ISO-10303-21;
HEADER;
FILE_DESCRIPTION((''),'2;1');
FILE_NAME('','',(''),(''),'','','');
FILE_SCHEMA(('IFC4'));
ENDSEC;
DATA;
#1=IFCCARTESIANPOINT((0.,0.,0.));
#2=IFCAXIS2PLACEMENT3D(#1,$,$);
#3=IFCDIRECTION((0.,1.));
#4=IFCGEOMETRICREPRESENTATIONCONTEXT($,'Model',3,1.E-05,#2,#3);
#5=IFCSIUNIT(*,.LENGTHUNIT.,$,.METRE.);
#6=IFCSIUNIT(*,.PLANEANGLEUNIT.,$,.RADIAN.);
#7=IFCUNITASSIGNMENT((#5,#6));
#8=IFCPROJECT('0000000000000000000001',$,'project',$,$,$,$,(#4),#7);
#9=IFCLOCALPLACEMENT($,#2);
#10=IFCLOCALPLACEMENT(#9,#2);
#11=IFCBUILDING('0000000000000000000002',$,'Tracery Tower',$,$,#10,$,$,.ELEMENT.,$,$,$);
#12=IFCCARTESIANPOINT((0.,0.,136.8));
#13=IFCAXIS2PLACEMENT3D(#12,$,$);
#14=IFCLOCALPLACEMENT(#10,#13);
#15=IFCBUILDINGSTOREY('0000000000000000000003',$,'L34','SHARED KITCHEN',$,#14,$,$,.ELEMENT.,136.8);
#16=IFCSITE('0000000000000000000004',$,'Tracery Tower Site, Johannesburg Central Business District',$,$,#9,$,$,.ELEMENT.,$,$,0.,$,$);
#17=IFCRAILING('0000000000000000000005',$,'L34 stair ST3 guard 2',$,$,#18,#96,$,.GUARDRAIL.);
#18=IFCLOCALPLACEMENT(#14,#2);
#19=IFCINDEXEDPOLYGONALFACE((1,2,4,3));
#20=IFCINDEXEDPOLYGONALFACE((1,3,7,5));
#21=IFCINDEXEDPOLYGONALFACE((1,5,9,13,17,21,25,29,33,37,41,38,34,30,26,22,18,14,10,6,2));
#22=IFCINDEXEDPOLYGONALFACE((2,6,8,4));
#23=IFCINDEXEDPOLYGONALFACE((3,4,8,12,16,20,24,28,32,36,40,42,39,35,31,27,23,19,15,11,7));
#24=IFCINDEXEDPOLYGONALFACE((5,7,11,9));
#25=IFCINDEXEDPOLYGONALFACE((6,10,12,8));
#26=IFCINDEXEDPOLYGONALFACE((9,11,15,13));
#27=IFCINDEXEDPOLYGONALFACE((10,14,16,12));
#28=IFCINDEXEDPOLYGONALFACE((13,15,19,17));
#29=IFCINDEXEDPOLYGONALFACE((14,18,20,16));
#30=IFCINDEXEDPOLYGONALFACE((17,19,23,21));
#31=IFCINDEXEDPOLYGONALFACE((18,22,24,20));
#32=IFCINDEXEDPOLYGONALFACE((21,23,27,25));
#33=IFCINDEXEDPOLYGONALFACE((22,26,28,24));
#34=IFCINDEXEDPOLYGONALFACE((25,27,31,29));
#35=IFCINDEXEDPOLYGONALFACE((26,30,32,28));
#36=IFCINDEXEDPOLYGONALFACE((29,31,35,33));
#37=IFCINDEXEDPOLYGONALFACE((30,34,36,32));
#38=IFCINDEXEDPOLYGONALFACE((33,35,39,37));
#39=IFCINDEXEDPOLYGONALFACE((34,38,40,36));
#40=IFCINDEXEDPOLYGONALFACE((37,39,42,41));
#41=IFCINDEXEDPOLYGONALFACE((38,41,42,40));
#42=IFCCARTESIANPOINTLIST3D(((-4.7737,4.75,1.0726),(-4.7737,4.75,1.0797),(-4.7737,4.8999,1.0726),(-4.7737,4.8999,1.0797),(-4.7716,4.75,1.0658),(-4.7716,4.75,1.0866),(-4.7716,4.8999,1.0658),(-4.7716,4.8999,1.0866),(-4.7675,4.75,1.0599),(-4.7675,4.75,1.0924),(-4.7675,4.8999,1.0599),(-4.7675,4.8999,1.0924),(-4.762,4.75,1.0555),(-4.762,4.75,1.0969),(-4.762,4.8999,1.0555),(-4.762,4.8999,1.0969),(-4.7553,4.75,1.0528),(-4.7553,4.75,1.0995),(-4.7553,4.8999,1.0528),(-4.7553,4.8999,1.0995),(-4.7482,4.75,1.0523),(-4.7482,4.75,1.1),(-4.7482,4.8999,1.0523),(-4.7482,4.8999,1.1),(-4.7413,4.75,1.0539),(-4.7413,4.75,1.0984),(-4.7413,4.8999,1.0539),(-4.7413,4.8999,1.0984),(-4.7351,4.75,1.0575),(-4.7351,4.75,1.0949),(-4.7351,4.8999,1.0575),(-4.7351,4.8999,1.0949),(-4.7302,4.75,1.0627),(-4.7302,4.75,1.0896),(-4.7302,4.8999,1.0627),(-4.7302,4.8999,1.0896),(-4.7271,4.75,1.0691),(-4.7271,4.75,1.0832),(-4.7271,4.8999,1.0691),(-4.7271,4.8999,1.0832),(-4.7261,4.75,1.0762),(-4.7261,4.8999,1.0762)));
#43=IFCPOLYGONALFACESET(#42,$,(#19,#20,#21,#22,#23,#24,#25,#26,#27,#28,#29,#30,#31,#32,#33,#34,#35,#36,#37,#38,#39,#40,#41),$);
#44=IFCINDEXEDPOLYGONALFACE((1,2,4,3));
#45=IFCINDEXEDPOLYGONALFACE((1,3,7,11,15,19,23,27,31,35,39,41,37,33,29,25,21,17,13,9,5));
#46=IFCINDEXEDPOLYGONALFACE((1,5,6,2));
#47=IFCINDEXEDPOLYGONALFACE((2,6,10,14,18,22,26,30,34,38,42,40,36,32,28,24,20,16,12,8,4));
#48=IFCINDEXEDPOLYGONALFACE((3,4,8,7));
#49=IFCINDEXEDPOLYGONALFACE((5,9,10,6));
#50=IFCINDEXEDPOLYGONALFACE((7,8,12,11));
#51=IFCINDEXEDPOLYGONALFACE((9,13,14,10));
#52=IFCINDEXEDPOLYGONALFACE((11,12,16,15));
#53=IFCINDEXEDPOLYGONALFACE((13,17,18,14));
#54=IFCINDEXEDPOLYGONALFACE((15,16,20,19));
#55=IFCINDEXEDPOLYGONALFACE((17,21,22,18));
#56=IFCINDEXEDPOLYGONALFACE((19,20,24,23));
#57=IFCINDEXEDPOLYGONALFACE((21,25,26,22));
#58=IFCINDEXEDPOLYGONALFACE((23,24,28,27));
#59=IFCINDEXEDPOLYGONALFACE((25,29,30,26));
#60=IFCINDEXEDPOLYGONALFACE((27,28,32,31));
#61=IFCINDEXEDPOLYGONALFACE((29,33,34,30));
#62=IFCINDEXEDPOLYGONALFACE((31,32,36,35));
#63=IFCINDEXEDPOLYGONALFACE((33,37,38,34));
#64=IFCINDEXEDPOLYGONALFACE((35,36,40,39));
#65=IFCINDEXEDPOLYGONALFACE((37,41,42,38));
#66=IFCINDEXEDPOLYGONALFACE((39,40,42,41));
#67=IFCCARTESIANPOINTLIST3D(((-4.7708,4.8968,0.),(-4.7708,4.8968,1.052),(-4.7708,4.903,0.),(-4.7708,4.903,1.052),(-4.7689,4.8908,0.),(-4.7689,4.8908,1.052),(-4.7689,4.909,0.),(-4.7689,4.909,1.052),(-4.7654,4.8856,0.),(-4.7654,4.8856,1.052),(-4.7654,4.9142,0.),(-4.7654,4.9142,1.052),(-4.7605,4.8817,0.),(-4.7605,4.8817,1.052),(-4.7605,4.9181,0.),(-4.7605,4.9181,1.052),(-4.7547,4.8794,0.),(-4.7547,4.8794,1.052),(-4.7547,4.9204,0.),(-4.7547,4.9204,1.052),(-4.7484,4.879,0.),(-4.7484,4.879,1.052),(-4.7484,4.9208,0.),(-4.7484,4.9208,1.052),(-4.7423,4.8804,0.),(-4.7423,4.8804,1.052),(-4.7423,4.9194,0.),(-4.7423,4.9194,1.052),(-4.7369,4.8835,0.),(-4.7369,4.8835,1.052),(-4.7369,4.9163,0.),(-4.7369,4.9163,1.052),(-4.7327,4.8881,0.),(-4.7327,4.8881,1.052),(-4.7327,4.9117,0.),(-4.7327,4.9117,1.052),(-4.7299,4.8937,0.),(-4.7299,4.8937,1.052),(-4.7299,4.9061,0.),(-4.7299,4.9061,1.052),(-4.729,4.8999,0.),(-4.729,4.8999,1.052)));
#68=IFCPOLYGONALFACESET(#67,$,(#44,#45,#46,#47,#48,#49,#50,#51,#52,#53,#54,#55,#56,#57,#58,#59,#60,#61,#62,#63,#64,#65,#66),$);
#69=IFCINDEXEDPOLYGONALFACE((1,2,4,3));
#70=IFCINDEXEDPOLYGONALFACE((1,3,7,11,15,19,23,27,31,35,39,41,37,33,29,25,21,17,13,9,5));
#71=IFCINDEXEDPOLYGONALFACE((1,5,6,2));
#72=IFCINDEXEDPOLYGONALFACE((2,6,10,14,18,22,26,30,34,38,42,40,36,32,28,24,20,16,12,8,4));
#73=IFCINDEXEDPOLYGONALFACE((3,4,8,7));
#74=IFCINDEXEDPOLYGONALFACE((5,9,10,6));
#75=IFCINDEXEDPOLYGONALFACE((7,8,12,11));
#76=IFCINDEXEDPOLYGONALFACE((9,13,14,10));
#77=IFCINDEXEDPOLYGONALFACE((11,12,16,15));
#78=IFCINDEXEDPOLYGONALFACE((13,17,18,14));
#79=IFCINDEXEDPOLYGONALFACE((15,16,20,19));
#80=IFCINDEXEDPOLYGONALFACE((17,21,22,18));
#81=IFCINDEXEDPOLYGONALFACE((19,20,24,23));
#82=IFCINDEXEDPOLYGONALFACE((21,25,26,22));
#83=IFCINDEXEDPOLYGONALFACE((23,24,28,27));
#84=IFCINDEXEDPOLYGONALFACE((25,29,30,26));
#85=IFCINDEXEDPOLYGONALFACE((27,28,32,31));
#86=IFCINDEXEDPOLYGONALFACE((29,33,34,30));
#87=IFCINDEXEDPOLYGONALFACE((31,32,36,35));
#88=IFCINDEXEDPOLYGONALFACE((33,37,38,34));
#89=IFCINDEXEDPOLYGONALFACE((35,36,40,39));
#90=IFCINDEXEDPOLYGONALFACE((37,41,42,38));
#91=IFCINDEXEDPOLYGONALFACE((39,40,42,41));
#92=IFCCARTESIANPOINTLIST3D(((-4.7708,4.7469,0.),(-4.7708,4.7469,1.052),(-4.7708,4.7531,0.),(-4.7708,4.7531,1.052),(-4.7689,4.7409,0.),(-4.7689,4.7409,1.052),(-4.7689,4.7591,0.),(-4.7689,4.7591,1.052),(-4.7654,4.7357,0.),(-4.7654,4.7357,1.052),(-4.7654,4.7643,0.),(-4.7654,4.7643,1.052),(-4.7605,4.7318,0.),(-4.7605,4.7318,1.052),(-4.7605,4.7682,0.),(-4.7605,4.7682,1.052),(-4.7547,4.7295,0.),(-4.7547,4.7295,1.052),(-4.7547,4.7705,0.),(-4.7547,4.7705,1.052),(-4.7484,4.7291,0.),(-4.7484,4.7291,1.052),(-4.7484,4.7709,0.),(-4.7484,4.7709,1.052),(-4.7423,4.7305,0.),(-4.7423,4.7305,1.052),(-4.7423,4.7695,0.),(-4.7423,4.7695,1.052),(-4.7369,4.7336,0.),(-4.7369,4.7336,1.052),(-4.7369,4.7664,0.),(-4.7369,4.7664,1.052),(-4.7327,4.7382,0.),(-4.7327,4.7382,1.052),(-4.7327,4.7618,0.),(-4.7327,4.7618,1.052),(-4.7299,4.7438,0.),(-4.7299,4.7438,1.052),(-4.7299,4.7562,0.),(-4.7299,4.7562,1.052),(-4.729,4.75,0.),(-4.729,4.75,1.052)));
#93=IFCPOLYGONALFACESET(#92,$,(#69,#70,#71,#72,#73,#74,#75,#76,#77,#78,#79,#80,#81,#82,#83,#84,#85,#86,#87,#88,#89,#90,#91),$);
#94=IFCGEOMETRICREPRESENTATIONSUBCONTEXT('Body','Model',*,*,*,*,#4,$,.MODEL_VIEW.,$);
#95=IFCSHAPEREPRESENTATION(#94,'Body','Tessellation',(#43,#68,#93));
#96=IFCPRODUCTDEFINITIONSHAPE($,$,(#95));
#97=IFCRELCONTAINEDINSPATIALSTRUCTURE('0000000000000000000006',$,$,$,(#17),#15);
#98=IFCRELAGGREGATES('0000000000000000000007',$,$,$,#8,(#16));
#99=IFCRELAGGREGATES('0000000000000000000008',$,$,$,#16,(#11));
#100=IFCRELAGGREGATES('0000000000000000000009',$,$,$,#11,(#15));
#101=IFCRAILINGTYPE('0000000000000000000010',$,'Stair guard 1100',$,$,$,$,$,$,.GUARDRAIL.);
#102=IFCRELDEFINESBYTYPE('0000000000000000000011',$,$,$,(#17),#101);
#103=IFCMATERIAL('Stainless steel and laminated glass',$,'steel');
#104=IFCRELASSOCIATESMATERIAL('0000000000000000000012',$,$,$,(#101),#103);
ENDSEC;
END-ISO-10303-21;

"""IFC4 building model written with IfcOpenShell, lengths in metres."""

from ifc_helpers import new_model, si_unit, direction, frame, origin, origin_2d, place, context, subcontext, project, spatial, circle, extrude, material, type_object, element, save


model = new_model("IFC4")

# Units and contexts
model_context = context("Model", 3, precision=1e-05, world=origin(), true_north=direction((0.0, 1.0)))
body_context = subcontext(model_context, "Body", "Model", "MODEL_VIEW")
ifc_project = project(units=[si_unit("LENGTHUNIT", "METRE"), si_unit("PLANEANGLEUNIT", "RADIAN")], contexts=[model_context])

# Site, building, storey
site_placement = place(None, origin())
site = spatial("IfcSite", under=ifc_project, at=site_placement, Name="Tracery Tower Site, Johannesburg Central Business District", CompositionType="ELEMENT", RefElevation=0.0)
building_placement = place(site_placement, origin())
building = spatial("IfcBuilding", under=site, at=building_placement, Name="Tracery Tower", CompositionType="ELEMENT")
storey_placement = place(building_placement, frame((0.0, 0.0, 136.8)))
storey = spatial("IfcBuildingStorey", under=building, at=storey_placement, Name="L34", Description="SHARED KITCHEN", CompositionType="ELEMENT", Elevation=136.8)

# Railing
ifc_material_1 = material(Name="Stainless steel and laminated glass", Category="steel")
railing_type_1 = type_object("IfcRailingType", Name="Stair guard 1100", PredefinedType="GUARDRAIL", material=ifc_material_1)
railing_1_placement = place(storey_placement, frame((-4.75, 4.8999, 0.0)))
element("IfcRailing", 1, at=railing_1_placement, inside=storey, type_object=railing_type_1, Name="L34 stair ST3 guard 2", PredefinedType="GUARDRAIL", context=body_context, shape_type="SweptSolid", body=[
    extrude(circle(Radius=0.0239, at=origin_2d()), frame((0.0, 0.0, 1.0762), z_axis=(0.0, -1.0, 0.0), x_axis=(1.0, 0.0, 0.0)), (0.0, 0.0, 1.0), 0.1499),
    extrude(circle(Radius=0.021, at=origin_2d()), origin(), (0.0, 0.0, 1.0), 1.052),
    extrude(circle(Radius=0.021, at=origin_2d()), frame((0.0, -0.1499, 0.0)), (0.0, 0.0, 1.0), 1.052),
])

save(model, "model.ifc")
